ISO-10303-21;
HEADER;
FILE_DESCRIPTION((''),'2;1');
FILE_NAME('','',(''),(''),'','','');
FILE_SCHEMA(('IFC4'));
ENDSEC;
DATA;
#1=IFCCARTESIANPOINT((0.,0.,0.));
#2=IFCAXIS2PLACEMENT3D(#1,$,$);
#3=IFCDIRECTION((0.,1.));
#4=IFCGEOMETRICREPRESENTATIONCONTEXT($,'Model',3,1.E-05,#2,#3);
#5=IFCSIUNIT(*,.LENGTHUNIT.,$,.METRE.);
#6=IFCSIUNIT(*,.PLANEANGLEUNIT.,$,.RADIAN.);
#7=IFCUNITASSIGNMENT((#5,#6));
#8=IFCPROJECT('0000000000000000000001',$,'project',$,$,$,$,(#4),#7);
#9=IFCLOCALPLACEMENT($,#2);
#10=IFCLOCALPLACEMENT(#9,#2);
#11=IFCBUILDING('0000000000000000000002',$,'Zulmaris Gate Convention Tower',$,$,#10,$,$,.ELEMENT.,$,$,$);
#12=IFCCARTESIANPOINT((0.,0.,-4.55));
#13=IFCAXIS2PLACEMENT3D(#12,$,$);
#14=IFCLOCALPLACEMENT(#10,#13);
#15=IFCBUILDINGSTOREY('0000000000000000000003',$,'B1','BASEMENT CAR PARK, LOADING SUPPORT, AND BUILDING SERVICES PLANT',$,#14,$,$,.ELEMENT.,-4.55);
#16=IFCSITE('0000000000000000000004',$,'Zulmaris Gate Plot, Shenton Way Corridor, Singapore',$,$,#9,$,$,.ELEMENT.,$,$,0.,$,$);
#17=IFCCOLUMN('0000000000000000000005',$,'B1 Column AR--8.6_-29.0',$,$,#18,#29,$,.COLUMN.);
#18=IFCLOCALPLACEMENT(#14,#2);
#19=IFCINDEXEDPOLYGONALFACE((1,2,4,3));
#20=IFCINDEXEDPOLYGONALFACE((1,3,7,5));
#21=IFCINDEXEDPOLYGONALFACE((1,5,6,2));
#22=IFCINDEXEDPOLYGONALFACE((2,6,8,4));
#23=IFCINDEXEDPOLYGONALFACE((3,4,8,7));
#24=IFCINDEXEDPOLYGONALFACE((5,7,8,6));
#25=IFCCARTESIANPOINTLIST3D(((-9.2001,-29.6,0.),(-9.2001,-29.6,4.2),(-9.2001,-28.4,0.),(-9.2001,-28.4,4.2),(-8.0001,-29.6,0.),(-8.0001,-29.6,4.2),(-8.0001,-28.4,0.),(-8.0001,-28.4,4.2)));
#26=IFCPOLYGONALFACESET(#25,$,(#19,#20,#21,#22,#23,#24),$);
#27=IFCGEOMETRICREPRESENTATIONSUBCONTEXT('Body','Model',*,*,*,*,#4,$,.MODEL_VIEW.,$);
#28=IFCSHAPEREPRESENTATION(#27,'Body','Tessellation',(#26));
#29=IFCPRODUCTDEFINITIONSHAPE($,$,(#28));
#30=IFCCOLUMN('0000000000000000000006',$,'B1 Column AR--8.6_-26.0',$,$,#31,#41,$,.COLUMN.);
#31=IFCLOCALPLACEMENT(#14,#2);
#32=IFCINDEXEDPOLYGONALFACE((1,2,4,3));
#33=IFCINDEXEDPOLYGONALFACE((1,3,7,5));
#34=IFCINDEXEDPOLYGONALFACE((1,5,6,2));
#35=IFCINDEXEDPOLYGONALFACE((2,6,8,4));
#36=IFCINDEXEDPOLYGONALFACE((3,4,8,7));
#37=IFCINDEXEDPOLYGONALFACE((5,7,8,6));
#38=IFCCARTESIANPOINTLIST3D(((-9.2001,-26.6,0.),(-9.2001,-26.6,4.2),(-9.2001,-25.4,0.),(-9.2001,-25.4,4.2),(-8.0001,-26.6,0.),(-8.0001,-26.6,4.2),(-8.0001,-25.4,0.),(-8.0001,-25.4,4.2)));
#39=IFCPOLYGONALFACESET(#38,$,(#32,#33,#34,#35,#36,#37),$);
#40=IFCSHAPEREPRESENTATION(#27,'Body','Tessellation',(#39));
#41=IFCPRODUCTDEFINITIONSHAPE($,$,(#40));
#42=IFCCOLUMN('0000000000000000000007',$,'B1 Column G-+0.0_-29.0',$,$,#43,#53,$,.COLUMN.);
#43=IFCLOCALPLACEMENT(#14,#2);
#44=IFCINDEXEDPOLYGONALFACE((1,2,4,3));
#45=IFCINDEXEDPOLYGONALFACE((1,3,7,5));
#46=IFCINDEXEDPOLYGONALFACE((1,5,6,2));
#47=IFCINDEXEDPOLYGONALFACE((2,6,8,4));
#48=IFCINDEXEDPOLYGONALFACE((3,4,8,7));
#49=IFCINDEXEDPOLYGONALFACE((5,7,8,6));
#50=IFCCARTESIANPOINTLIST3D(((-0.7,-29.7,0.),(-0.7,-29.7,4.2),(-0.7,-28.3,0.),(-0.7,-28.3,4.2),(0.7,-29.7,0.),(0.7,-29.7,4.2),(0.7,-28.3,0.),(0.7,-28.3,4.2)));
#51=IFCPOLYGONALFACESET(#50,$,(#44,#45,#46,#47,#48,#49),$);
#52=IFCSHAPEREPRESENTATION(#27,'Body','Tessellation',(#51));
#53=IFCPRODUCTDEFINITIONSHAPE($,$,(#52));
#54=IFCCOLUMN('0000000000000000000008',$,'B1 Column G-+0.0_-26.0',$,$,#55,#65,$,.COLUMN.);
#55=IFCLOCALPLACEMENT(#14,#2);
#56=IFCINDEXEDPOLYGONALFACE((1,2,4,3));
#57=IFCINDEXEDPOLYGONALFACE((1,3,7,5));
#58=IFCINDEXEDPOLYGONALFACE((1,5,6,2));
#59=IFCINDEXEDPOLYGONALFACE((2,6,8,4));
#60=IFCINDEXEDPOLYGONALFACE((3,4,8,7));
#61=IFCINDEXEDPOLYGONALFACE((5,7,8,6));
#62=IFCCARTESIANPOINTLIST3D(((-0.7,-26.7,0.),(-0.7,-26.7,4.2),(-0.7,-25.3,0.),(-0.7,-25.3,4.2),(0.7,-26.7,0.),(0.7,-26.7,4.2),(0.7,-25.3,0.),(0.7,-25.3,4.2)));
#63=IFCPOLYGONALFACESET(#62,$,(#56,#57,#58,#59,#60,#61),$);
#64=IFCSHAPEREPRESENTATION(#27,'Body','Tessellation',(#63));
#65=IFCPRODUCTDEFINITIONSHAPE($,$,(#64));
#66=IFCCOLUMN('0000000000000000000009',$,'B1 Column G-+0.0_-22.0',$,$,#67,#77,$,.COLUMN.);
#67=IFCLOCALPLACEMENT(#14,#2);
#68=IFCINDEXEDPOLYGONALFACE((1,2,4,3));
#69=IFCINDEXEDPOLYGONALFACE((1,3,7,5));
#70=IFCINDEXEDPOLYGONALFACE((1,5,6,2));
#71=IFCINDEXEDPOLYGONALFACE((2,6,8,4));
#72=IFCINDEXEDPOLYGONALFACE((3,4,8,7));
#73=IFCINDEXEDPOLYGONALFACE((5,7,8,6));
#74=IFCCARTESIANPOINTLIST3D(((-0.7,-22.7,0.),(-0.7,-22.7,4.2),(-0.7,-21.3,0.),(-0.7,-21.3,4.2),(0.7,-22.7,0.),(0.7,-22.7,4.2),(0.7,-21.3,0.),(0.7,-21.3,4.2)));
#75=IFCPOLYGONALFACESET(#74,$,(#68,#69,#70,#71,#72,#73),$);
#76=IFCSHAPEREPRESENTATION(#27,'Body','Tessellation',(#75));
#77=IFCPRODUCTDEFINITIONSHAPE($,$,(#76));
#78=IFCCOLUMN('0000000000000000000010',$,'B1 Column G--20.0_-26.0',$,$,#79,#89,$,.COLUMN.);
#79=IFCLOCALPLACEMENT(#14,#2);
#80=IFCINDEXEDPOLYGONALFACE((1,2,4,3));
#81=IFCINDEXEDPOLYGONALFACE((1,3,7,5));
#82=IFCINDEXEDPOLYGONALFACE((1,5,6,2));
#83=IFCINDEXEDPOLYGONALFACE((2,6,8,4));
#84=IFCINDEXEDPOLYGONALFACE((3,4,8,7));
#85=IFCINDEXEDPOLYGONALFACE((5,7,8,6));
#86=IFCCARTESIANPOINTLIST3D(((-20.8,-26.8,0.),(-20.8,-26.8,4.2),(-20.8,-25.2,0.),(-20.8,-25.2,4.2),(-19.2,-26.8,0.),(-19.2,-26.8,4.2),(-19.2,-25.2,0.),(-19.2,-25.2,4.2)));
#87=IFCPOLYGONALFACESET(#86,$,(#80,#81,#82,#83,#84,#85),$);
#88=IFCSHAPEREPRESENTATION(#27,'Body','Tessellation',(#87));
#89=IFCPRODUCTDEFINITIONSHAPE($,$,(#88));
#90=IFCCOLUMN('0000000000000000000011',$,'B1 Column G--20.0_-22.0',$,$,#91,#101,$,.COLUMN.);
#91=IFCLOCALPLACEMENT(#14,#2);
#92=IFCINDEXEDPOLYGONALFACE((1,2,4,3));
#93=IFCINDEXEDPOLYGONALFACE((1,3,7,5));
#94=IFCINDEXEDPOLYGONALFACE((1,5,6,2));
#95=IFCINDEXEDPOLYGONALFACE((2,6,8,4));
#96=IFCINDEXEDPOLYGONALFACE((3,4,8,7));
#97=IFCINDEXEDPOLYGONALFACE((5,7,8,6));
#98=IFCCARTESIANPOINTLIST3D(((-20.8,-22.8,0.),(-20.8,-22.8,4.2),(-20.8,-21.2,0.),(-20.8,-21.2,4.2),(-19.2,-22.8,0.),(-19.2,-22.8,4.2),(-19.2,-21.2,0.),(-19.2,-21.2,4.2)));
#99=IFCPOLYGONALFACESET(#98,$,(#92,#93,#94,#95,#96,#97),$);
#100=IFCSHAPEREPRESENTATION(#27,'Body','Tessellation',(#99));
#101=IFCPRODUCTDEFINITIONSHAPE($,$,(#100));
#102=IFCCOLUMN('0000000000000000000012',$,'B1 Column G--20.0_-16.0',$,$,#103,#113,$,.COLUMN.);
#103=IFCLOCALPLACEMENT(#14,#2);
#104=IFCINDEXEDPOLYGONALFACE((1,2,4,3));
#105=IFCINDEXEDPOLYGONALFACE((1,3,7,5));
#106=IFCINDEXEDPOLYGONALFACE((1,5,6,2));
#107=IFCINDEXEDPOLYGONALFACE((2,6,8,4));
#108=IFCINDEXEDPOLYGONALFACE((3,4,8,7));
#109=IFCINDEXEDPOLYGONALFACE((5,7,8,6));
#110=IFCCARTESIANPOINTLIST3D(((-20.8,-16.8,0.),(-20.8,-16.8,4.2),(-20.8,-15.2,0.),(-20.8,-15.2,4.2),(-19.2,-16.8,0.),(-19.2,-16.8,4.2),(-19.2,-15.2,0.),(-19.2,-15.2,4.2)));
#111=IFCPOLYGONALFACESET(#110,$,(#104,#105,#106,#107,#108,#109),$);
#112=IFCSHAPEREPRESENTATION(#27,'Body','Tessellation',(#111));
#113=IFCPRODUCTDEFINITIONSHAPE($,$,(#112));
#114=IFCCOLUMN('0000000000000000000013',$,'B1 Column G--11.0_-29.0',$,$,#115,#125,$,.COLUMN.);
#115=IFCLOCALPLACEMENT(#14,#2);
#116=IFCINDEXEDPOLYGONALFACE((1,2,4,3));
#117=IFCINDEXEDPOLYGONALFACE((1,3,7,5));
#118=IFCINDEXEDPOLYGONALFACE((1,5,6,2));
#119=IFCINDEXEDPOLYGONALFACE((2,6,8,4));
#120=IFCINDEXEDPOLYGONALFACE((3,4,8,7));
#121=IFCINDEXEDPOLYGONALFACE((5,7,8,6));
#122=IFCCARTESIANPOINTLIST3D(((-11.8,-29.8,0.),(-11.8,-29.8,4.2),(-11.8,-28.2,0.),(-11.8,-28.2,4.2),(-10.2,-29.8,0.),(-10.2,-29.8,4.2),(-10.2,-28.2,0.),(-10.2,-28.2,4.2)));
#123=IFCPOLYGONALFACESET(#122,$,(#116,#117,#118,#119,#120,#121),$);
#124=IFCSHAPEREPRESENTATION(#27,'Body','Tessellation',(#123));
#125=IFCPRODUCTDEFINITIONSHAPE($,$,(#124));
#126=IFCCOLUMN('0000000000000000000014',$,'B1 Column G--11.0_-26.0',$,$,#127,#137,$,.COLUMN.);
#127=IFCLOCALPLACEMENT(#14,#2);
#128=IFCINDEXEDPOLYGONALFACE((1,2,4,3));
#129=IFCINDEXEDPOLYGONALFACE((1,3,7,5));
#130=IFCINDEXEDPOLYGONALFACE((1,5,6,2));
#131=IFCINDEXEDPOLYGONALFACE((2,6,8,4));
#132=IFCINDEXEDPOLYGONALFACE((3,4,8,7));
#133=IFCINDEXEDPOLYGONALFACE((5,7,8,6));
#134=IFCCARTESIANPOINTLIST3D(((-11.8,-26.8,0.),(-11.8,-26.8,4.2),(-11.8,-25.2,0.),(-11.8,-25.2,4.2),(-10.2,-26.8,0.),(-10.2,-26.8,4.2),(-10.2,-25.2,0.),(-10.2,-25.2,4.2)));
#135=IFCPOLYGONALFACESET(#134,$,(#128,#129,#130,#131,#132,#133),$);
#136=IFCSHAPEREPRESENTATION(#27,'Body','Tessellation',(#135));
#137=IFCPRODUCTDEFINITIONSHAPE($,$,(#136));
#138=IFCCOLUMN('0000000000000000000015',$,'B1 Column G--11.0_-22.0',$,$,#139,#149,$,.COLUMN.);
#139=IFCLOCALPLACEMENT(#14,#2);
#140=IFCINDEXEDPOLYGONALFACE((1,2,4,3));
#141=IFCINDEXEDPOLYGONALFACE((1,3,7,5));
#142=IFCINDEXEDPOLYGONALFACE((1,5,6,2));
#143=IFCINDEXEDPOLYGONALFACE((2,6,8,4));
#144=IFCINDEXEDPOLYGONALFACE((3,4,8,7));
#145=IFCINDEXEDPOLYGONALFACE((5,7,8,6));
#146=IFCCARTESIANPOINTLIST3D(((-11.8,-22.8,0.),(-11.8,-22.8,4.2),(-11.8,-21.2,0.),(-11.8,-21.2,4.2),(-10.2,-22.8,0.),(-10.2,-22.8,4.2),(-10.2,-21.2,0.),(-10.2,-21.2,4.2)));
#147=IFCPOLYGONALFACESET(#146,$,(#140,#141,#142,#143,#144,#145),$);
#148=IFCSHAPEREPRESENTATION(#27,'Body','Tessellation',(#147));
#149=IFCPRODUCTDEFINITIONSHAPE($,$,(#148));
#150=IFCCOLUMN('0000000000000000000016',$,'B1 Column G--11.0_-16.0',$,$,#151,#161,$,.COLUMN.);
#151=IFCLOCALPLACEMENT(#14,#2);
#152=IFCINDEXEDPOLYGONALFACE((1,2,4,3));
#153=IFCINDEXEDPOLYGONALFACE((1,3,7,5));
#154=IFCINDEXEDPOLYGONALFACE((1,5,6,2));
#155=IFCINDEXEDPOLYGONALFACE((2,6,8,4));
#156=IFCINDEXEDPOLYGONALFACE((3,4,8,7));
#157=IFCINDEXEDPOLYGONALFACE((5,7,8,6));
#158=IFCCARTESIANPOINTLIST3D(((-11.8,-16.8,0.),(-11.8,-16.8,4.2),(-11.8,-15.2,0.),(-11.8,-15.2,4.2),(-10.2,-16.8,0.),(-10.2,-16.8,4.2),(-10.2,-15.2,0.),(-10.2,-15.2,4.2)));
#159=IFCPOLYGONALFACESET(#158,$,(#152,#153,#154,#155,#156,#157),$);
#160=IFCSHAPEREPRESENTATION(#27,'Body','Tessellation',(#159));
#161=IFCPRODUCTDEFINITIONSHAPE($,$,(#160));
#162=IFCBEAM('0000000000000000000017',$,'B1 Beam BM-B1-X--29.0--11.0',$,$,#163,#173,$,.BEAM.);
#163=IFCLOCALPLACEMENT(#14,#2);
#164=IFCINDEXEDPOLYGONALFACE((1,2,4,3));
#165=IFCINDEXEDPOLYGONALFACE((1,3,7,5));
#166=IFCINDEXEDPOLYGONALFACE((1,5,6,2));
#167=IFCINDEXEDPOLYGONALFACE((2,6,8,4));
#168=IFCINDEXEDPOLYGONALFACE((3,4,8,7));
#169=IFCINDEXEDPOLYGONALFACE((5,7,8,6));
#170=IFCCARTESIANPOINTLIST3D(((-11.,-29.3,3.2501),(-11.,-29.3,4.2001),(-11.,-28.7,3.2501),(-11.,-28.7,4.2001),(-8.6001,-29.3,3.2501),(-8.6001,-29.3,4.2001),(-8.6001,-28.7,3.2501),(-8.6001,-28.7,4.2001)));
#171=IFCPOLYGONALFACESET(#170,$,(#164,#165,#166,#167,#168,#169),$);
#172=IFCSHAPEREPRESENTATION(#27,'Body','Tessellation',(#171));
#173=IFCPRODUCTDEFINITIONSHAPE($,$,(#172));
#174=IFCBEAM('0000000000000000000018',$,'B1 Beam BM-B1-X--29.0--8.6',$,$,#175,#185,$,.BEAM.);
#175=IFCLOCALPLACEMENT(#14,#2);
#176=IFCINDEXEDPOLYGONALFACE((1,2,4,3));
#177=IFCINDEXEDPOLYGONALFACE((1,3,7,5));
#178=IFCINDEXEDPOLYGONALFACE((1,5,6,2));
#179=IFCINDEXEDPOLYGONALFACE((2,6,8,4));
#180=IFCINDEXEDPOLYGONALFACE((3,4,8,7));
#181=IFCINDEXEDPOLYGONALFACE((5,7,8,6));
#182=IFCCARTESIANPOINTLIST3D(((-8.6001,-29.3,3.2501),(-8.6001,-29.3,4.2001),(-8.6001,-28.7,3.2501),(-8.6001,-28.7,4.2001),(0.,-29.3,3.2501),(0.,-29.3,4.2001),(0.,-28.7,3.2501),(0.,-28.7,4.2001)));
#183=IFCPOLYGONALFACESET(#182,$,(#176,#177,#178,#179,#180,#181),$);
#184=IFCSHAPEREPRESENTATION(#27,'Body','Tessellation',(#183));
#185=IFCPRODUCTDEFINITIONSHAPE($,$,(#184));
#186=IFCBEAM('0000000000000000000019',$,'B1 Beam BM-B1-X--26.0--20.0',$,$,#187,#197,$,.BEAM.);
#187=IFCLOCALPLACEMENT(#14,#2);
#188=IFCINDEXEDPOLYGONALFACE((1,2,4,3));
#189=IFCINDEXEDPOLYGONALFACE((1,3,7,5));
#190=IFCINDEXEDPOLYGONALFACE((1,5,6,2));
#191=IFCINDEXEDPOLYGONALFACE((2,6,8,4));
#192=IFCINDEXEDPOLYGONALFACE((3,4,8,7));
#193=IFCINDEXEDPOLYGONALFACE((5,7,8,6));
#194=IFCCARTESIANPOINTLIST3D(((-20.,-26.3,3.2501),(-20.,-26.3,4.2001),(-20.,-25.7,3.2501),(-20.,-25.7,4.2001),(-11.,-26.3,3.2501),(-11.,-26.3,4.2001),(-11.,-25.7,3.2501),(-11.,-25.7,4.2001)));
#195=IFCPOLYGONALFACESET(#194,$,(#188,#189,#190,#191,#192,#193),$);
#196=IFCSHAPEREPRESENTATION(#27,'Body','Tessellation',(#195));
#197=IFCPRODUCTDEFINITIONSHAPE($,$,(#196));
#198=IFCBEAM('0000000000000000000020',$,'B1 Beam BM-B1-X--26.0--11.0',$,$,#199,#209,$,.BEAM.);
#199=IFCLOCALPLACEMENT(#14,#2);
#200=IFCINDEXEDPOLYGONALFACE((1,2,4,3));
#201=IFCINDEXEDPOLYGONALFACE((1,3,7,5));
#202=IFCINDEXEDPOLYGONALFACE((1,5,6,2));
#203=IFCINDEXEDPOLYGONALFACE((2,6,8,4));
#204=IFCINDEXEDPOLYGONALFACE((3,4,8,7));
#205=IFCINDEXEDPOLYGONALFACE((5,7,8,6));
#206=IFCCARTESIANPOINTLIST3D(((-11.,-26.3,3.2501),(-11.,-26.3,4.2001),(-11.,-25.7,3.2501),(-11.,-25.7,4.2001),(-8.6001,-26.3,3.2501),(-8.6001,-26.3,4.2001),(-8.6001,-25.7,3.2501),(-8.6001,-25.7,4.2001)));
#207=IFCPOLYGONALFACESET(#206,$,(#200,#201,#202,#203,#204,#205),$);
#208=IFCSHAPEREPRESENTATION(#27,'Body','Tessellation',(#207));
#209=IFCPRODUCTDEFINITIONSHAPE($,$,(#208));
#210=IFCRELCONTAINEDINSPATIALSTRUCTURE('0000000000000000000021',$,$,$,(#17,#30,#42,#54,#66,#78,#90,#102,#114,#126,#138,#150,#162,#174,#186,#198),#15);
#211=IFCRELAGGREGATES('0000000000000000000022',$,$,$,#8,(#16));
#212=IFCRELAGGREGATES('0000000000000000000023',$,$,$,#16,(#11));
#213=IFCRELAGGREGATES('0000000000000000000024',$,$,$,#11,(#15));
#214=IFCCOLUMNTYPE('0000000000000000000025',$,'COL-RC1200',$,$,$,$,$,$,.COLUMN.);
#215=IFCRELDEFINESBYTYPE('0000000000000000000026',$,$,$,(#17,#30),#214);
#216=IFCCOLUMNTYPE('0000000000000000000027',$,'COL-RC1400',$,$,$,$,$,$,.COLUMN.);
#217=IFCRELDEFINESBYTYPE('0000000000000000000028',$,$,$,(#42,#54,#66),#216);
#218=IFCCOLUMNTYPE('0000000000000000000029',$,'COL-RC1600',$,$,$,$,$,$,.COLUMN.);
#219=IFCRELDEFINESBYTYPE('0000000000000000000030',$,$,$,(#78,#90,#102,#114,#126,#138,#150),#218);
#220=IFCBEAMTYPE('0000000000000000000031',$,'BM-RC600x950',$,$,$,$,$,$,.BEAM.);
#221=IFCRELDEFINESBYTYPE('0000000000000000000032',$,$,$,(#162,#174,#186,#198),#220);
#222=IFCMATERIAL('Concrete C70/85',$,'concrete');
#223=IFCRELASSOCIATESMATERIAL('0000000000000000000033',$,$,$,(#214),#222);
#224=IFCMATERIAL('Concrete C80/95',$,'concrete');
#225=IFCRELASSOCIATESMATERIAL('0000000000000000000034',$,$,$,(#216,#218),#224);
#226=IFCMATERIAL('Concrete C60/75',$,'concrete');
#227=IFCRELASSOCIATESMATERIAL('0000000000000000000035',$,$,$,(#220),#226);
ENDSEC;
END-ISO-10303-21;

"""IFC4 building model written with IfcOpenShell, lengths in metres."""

from ifc_helpers import new_model, si_unit, direction, frame, origin, origin_2d, place, context, subcontext, project, spatial, rectangle, extrude, material, material_profile, profile_set, type_object, element, save


model = new_model("IFC4")

# Units and contexts
model_context = context("Model", 3, precision=1e-05, world=origin(), true_north=direction((0.0, 1.0)))
body_context = subcontext(model_context, "Body", "Model", "MODEL_VIEW")
ifc_project = project(units=[si_unit("LENGTHUNIT", "METRE"), si_unit("PLANEANGLEUNIT", "RADIAN")], contexts=[model_context])

# Site, building, storey
site_placement = place(None, origin())
site = spatial("IfcSite", under=ifc_project, at=site_placement, Name="Zulmaris Gate Plot, Shenton Way Corridor, Singapore", CompositionType="ELEMENT", RefElevation=0.0)
building_placement = place(site_placement, origin())
building = spatial("IfcBuilding", under=site, at=building_placement, Name="Zulmaris Gate Convention Tower", CompositionType="ELEMENT")
storey_placement = place(building_placement, frame((0.0, 0.0, -4.55)))
storey = spatial("IfcBuildingStorey", under=building, at=storey_placement, Name="B1", Description="BASEMENT CAR PARK, LOADING SUPPORT, AND BUILDING SERVICES PLANT", CompositionType="ELEMENT", Elevation=-4.55)

# Columns
ifc_material_1 = material(Name="Concrete C70/85", Category="concrete")
ifc_material_profile_1 = material_profile(ifc_material_1, rectangle(XDim=1.2, YDim=1.2, at=origin_2d()), Name="RC COL 1200x1200")
ifc_profile_set_1 = profile_set([ifc_material_profile_1], Name="Concrete C70/85")
column_type_1 = type_object("IfcColumnType", Name="COL-RC1200", PredefinedType="COLUMN", material=ifc_profile_set_1)
for number, where, z_axis, x_axis, name in (
    (1, (-8.6001, -29.0, 0.0), (0.0, 0.0, 1.0), (1.0, 0.0, 0.0), "B1 Column AR--8.6_-29.0"),
    (2, (-8.6001, -26.0, 0.0), (0.0, 0.0, 1.0), (1.0, 0.0, 0.0), "B1 Column AR--8.6_-26.0"),
):
    element("IfcColumn", number, at=place(storey_placement, frame(where, z_axis=z_axis, x_axis=x_axis)), inside=storey, type_object=column_type_1, Name=name, PredefinedType="COLUMN", context=body_context, shape_type="SweptSolid", body=[
        extrude(rectangle(XDim=1.2, YDim=1.2, at=origin_2d()), origin(), (0.0, 0.0, 1.0), 4.2),
    ])
ifc_material_2 = material(Name="Concrete C80/95", Category="concrete")
ifc_material_profile_2 = material_profile(ifc_material_2, rectangle(XDim=1.3999, YDim=1.3999, at=origin_2d()), Name="RC COL 1400x1400")
ifc_profile_set_2 = profile_set([ifc_material_profile_2], Name="Concrete C80/95")
column_type_2 = type_object("IfcColumnType", Name="COL-RC1400", PredefinedType="COLUMN", material=ifc_profile_set_2)
for number, where, z_axis, x_axis, name in (
    (3, (0.0, -29.0, 0.0), (0.0, 0.0, 1.0), (1.0, 0.0, 0.0), "B1 Column G-+0.0_-29.0"),
    (4, (0.0, -26.0, 0.0), (0.0, 0.0, 1.0), (1.0, 0.0, 0.0), "B1 Column G-+0.0_-26.0"),
    (5, (0.0, -22.0, 0.0), (0.0, 0.0, 1.0), (1.0, 0.0, 0.0), "B1 Column G-+0.0_-22.0"),
):
    element("IfcColumn", number, at=place(storey_placement, frame(where, z_axis=z_axis, x_axis=x_axis)), inside=storey, type_object=column_type_2, Name=name, PredefinedType="COLUMN", context=body_context, shape_type="SweptSolid", body=[
        extrude(rectangle(XDim=1.3999, YDim=1.3999, at=origin_2d()), origin(), (0.0, 0.0, 1.0), 4.2),
    ])
ifc_material_profile_3 = material_profile(ifc_material_2, rectangle(XDim=1.6001, YDim=1.6001, at=origin_2d()), Name="RC COL 1600x1600")
ifc_profile_set_3 = profile_set([ifc_material_profile_3], Name="Concrete C80/95")
column_type_3 = type_object("IfcColumnType", Name="COL-RC1600", PredefinedType="COLUMN", material=ifc_profile_set_3)
for number, where, z_axis, x_axis, name in (
    (6, (-20.0, -26.0, 0.0), (0.0, 0.0, 1.0), (1.0, 0.0, 0.0), "B1 Column G--20.0_-26.0"),
    (7, (-20.0, -22.0, 0.0), (0.0, 0.0, 1.0), (1.0, 0.0, 0.0), "B1 Column G--20.0_-22.0"),
    (8, (-20.0, -16.0, 0.0), (0.0, 0.0, 1.0), (1.0, 0.0, 0.0), "B1 Column G--20.0_-16.0"),
    (9, (-11.0, -29.0, 0.0), (0.0, 0.0, 1.0), (1.0, 0.0, 0.0), "B1 Column G--11.0_-29.0"),
    (10, (-11.0, -26.0, 0.0), (0.0, 0.0, 1.0), (1.0, 0.0, 0.0), "B1 Column G--11.0_-26.0"),
    (11, (-11.0, -22.0, 0.0), (0.0, 0.0, 1.0), (1.0, 0.0, 0.0), "B1 Column G--11.0_-22.0"),
    (12, (-11.0, -16.0, 0.0), (0.0, 0.0, 1.0), (1.0, 0.0, 0.0), "B1 Column G--11.0_-16.0"),
):
    element("IfcColumn", number, at=place(storey_placement, frame(where, z_axis=z_axis, x_axis=x_axis)), inside=storey, type_object=column_type_3, Name=name, PredefinedType="COLUMN", context=body_context, shape_type="SweptSolid", body=[
        extrude(rectangle(XDim=1.6001, YDim=1.6001, at=origin_2d()), origin(), (0.0, 0.0, 1.0), 4.2),
    ])

# Beams
ifc_material_3 = material(Name="Concrete C60/75", Category="concrete")
ifc_material_profile_4 = material_profile(ifc_material_3, rectangle(XDim=0.6001, YDim=0.95, at=origin_2d()), Name="RC BEAM 600x950")
ifc_profile_set_4 = profile_set([ifc_material_profile_4], Name="Concrete C60/75")
beam_type = type_object("IfcBeamType", Name="BM-RC600x950", PredefinedType="BEAM", material=ifc_profile_set_4)
beam_1_placement = place(storey_placement, frame((-11.0, -29.0, 3.7251), z_axis=(1.0, 0.0, 0.0), x_axis=(0.0, 1.0, 0.0)))
element("IfcBeam", 13, at=beam_1_placement, inside=storey, type_object=beam_type, Name="B1 Beam BM-B1-X--29.0--11.0", PredefinedType="BEAM", context=body_context, shape_type="SweptSolid", body=[
    extrude(rectangle(XDim=0.6001, YDim=0.95, at=origin_2d()), origin(), (0.0, 0.0, 1.0), 2.3999),
])
beam_2_placement = place(storey_placement, frame((-8.6001, -29.0, 3.7251), z_axis=(1.0, 0.0, 0.0), x_axis=(0.0, 1.0, 0.0)))
element("IfcBeam", 14, at=beam_2_placement, inside=storey, type_object=beam_type, Name="B1 Beam BM-B1-X--29.0--8.6", PredefinedType="BEAM", context=body_context, shape_type="SweptSolid", body=[
    extrude(rectangle(XDim=0.6001, YDim=0.95, at=origin_2d()), origin(), (0.0, 0.0, 1.0), 8.6001),
])
beam_3_placement = place(storey_placement, frame((-20.0, -26.0, 3.7251), z_axis=(1.0, 0.0, 0.0), x_axis=(0.0, 1.0, 0.0)))
element("IfcBeam", 15, at=beam_3_placement, inside=storey, type_object=beam_type, Name="B1 Beam BM-B1-X--26.0--20.0", PredefinedType="BEAM", context=body_context, shape_type="SweptSolid", body=[
    extrude(rectangle(XDim=0.6001, YDim=0.95, at=origin_2d()), origin(), (0.0, 0.0, 1.0), 9.0),
])
beam_4_placement = place(storey_placement, frame((-11.0, -26.0, 3.7251), z_axis=(1.0, 0.0, 0.0), x_axis=(0.0, 1.0, 0.0)))
element("IfcBeam", 16, at=beam_4_placement, inside=storey, type_object=beam_type, Name="B1 Beam BM-B1-X--26.0--11.0", PredefinedType="BEAM", context=body_context, shape_type="SweptSolid", body=[
    extrude(rectangle(XDim=0.6001, YDim=0.95, at=origin_2d()), origin(), (0.0, 0.0, 1.0), 2.3999),
])

save(model, "model.ifc")
